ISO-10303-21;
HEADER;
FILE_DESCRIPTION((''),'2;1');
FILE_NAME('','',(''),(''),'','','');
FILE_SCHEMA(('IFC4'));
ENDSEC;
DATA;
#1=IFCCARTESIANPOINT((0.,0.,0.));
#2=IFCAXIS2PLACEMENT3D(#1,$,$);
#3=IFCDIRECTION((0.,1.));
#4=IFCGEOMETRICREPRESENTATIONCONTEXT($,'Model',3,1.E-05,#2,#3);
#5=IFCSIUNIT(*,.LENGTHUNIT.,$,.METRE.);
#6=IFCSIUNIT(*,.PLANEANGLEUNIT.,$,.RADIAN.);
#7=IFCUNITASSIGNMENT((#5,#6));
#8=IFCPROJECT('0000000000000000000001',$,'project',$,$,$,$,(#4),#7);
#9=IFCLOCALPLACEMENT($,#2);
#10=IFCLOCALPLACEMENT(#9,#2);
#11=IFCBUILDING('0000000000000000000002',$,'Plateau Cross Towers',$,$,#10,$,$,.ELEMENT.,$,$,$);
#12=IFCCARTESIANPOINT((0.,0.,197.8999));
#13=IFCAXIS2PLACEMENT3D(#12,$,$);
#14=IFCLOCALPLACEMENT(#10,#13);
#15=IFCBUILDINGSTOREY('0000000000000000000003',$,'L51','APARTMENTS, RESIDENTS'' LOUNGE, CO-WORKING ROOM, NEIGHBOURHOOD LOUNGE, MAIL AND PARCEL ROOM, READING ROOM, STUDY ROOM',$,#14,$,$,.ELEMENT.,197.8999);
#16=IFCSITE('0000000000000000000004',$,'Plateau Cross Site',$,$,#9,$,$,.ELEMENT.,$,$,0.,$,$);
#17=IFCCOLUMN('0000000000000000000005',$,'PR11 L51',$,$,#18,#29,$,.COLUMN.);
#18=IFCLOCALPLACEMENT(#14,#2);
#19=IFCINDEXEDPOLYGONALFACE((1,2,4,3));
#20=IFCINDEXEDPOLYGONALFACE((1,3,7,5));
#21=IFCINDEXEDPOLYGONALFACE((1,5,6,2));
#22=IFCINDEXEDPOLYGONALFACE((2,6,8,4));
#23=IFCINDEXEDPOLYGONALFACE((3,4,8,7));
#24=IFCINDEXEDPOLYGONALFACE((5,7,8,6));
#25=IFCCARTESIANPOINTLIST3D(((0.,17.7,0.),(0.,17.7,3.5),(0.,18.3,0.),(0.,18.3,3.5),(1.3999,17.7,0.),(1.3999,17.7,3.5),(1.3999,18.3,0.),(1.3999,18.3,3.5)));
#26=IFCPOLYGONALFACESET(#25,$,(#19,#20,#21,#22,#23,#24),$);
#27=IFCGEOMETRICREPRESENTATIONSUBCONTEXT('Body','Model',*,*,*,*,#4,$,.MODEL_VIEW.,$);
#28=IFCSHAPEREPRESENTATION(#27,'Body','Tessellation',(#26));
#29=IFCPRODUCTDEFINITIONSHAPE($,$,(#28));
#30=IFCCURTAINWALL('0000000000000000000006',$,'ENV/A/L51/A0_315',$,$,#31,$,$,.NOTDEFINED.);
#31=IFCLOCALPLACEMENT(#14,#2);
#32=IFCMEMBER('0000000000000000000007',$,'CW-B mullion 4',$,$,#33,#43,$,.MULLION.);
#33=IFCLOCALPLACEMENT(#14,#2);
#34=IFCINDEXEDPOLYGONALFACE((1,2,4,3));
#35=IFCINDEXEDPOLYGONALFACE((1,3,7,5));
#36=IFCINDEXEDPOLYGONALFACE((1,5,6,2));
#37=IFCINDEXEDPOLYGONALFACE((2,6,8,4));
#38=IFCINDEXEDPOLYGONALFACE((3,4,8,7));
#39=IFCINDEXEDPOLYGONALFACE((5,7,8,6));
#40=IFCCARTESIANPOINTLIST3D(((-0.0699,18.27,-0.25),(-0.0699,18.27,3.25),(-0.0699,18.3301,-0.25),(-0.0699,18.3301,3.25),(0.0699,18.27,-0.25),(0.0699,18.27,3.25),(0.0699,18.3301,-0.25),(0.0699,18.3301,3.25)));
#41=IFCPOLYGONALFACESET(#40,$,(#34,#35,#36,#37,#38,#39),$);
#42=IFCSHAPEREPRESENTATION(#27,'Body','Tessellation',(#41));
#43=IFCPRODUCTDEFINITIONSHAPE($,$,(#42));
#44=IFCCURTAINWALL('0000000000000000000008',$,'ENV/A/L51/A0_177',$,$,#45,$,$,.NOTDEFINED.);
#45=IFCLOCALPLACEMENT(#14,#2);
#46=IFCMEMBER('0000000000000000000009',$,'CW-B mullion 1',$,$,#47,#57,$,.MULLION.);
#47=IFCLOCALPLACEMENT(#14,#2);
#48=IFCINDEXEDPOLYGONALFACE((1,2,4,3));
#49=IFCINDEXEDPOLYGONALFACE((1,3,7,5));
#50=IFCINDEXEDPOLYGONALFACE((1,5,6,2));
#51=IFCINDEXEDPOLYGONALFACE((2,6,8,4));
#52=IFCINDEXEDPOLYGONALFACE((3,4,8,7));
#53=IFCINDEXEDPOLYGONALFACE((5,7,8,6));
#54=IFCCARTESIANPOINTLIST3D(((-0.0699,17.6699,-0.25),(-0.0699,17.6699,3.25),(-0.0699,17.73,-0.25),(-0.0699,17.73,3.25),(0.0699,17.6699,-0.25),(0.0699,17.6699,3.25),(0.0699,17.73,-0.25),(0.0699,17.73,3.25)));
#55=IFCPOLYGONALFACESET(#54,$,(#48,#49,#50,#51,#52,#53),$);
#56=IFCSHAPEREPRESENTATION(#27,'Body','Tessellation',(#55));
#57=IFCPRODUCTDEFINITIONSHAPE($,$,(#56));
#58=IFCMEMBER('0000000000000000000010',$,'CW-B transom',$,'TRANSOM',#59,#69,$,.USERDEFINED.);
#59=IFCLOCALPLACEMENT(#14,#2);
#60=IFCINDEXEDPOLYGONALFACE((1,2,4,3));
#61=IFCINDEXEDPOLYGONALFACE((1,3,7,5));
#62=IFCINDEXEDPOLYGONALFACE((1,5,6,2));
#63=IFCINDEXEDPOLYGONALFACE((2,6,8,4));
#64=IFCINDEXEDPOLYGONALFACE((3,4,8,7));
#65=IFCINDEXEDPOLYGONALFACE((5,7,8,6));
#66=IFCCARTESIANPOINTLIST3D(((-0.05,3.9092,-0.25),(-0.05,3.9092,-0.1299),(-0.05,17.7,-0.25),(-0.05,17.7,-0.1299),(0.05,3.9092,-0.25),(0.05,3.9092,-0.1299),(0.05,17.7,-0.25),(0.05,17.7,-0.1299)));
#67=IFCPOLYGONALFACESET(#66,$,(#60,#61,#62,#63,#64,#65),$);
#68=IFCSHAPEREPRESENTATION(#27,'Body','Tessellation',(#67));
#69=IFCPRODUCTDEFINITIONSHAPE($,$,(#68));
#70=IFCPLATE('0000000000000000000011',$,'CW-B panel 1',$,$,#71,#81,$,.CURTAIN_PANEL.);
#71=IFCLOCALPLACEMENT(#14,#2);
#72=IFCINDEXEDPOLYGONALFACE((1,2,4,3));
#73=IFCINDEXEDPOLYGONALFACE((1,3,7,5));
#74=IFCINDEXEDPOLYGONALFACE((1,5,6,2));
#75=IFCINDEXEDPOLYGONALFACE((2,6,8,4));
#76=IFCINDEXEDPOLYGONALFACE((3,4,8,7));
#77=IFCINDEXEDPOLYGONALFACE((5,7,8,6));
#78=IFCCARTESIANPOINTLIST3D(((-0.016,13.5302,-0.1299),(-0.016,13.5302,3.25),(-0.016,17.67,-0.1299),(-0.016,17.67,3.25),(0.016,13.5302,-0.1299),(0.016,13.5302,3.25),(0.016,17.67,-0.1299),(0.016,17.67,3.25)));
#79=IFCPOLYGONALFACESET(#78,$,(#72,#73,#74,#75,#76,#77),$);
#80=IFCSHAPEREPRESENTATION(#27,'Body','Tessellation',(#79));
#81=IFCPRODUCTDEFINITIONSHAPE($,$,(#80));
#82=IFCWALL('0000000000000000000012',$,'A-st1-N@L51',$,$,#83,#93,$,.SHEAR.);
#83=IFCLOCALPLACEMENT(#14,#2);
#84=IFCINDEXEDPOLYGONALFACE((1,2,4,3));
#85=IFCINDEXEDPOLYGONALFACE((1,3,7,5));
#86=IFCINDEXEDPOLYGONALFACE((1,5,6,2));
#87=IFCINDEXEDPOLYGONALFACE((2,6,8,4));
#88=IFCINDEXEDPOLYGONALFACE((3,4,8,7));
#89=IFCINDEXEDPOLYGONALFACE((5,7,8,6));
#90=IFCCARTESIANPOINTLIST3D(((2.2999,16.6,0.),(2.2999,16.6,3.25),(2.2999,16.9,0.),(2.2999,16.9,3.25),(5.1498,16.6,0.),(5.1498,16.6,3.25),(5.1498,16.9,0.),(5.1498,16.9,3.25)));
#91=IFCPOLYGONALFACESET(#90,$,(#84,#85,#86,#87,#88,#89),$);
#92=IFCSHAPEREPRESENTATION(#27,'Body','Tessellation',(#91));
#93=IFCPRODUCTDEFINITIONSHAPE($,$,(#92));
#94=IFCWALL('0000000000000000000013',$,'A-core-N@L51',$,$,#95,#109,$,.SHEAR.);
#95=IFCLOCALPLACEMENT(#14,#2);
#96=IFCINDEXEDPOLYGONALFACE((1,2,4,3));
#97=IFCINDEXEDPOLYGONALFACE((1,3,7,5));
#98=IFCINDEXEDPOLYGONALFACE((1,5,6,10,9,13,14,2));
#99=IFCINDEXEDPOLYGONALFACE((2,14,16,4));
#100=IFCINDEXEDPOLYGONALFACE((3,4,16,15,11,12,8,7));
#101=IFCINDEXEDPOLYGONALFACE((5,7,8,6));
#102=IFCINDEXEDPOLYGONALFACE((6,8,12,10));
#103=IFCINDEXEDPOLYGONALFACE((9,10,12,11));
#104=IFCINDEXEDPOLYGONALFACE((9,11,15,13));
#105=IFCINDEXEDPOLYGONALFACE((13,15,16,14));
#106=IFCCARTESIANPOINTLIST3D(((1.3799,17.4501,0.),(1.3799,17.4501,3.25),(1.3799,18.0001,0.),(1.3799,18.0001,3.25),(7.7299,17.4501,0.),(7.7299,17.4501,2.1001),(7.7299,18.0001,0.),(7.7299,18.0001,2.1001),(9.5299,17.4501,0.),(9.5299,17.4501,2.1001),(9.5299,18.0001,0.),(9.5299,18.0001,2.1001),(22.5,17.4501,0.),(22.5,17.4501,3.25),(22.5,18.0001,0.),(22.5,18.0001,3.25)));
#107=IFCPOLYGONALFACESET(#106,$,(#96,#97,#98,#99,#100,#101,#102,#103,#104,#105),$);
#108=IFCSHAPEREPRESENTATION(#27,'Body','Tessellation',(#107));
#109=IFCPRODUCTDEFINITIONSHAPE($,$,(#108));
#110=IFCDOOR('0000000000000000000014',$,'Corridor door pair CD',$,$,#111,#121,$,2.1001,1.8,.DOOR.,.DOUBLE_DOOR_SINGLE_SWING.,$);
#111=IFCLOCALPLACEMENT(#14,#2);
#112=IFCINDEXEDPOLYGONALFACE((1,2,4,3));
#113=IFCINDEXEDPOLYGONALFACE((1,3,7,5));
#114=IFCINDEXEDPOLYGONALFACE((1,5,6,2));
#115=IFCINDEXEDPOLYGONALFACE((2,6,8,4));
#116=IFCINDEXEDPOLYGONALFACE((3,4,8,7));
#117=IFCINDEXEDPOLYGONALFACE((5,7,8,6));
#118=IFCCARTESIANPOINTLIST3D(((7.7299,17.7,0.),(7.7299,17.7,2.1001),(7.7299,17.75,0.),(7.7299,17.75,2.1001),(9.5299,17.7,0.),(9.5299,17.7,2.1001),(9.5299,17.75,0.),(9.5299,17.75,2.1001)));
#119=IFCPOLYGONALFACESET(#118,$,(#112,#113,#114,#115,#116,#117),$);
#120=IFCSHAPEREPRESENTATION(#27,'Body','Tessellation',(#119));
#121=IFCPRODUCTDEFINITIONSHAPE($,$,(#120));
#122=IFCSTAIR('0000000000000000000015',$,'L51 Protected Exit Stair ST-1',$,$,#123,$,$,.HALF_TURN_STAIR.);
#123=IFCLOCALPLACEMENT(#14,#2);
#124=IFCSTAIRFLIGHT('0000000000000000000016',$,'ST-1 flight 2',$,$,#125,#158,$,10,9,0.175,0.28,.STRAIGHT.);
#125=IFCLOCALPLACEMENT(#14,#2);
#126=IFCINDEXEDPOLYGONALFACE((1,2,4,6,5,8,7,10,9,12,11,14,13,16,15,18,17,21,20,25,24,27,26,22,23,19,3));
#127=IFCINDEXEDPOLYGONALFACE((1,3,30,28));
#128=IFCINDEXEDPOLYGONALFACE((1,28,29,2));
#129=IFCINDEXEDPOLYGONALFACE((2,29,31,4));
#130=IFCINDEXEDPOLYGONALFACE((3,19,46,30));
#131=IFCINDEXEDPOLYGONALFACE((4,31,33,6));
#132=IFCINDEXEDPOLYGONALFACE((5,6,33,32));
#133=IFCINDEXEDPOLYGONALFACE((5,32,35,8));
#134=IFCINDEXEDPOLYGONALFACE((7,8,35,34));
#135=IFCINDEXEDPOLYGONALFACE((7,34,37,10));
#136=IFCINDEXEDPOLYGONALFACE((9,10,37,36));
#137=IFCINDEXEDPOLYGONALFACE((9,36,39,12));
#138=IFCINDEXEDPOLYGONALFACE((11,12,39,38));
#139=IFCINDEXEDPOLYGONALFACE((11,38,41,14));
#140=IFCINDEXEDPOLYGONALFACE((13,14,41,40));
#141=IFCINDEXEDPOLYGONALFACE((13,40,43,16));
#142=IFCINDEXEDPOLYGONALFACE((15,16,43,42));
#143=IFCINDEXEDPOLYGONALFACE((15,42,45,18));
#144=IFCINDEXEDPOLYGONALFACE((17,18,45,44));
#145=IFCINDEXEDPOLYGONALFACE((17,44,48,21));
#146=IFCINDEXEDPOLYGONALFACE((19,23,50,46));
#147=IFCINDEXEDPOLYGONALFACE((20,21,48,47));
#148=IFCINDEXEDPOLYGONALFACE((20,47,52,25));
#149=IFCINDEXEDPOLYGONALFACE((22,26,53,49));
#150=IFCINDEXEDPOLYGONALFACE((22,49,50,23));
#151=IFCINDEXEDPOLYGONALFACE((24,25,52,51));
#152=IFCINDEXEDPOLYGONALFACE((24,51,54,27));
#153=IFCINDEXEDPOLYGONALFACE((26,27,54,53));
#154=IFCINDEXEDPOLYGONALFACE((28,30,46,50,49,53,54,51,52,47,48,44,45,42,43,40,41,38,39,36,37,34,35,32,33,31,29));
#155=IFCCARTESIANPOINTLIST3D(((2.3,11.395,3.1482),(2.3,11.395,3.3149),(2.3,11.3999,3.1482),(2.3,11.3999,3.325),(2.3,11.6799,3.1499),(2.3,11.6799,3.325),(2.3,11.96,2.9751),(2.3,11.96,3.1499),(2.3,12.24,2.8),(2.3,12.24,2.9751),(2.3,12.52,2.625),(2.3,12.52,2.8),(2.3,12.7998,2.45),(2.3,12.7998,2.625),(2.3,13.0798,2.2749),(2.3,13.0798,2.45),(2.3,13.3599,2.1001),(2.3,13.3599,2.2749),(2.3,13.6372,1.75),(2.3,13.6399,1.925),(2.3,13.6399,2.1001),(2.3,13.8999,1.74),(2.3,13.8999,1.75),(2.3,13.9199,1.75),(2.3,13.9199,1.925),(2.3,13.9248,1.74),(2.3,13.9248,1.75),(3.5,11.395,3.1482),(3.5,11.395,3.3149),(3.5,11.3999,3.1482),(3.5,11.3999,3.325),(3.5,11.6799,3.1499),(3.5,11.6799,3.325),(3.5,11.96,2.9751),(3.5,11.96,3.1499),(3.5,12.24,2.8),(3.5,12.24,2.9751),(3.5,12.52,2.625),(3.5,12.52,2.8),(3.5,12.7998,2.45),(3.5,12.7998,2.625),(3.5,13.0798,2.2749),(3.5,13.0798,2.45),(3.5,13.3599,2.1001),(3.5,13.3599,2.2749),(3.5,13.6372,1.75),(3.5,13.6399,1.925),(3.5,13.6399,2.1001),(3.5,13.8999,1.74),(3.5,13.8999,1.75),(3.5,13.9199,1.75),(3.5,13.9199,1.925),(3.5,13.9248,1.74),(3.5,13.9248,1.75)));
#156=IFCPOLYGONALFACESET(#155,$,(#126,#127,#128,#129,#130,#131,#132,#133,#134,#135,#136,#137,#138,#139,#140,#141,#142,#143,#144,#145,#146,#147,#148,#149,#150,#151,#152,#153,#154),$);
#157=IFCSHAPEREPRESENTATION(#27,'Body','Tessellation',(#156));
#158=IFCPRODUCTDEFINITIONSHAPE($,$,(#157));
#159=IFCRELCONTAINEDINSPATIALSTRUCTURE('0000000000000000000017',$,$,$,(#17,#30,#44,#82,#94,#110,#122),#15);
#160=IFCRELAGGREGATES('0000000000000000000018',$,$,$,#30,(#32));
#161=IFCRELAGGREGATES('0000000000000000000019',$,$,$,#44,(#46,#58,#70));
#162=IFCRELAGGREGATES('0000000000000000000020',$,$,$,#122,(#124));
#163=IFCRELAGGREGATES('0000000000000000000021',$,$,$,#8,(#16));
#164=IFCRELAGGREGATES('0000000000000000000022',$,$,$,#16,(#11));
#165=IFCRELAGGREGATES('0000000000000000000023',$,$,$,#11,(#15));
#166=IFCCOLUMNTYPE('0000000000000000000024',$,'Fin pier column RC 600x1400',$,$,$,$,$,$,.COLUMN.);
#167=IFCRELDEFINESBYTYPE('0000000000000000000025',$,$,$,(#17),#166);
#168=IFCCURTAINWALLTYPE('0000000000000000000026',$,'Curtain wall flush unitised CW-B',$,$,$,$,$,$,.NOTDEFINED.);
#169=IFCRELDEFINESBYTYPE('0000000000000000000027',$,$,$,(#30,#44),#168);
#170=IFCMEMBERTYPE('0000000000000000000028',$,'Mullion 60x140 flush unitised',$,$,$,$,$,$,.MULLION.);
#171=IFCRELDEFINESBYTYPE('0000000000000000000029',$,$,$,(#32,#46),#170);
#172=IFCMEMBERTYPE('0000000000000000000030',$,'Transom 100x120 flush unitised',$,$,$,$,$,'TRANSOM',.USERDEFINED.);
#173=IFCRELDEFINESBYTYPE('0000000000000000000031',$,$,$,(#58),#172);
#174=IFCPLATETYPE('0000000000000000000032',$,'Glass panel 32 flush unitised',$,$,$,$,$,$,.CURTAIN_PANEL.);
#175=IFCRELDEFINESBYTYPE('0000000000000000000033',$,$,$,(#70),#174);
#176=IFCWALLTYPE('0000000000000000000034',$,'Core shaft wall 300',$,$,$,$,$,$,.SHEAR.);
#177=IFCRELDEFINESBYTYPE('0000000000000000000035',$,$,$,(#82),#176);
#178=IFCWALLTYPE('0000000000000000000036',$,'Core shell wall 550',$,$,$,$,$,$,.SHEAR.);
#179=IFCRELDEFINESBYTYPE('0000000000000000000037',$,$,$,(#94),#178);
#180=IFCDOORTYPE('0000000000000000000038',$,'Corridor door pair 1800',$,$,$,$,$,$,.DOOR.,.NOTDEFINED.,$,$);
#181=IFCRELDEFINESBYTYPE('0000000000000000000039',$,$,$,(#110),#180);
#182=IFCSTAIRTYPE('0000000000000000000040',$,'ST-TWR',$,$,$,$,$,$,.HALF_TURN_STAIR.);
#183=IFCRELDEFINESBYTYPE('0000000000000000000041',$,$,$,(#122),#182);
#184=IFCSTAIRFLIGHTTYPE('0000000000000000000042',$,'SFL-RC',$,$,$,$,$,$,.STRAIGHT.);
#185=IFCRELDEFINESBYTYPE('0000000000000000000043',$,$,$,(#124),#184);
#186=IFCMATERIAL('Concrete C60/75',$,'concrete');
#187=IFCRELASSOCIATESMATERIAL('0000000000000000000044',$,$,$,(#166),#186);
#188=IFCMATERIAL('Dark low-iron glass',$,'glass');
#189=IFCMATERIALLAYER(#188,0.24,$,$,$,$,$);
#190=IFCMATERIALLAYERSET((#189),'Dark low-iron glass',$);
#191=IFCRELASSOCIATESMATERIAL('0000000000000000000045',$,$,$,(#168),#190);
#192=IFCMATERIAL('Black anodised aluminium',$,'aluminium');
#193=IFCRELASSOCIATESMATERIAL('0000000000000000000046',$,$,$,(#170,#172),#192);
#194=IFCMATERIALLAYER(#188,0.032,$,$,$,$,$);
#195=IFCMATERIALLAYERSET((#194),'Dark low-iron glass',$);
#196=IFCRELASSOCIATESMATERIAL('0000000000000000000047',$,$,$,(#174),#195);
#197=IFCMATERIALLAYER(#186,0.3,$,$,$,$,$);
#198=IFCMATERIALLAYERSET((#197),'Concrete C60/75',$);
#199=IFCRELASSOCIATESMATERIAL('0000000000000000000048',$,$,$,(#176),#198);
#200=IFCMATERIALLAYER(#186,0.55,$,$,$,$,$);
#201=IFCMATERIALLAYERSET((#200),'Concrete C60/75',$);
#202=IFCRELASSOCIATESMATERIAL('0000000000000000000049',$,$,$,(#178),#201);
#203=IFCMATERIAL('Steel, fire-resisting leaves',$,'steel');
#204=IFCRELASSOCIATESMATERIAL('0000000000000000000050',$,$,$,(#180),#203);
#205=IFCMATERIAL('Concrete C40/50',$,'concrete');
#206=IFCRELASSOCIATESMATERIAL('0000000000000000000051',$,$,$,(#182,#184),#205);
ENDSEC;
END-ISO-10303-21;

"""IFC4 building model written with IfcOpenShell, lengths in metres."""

from ifc_helpers import new_model, si_unit, direction, frame, frame_2d, origin, origin_2d, place, context, subcontext, project, spatial, polyline, rectangle, outline, extrude, material, layer, layer_set, material_profile, profile_set, type_object, element, fill, aggregate, save


model = new_model("IFC4")

# Units and contexts
model_context = context("Model", 3, precision=1e-05, world=origin(), true_north=direction((0.0, 1.0)))
body_context = subcontext(model_context, "Body", "Model", "MODEL_VIEW")
ifc_project = project(units=[si_unit("LENGTHUNIT", "METRE"), si_unit("PLANEANGLEUNIT", "RADIAN")], contexts=[model_context])

# Site, building, storey
site_placement = place(None, origin())
site = spatial("IfcSite", under=ifc_project, at=site_placement, Name="Plateau Cross Site", CompositionType="ELEMENT", RefElevation=0.0)
building_placement = place(site_placement, origin())
building = spatial("IfcBuilding", under=site, at=building_placement, Name="Plateau Cross Towers", CompositionType="ELEMENT")
storey_placement = place(building_placement, frame((0.0, 0.0, 197.8999)))
storey = spatial("IfcBuildingStorey", under=building, at=storey_placement, Name="L51", Description="APARTMENTS, RESIDENTS' LOUNGE, CO-WORKING ROOM, NEIGHBOURHOOD LOUNGE, MAIL AND PARCEL ROOM, READING ROOM, STUDY ROOM", CompositionType="ELEMENT", Elevation=197.8999)

# Column
ifc_material_1 = material(Name="Concrete C60/75", Category="concrete")
ifc_material_profile_1 = material_profile(ifc_material_1, rectangle(XDim=0.6001, YDim=1.3999, at=origin_2d()), Name="RC 600x1400")
ifc_profile_set_1 = profile_set([ifc_material_profile_1], Name="Concrete C60/75")
column_type = type_object("IfcColumnType", Name="Fin pier column RC 600x1400", PredefinedType="COLUMN", material=ifc_profile_set_1)
column_placement = place(storey_placement, frame((0.7, 18.0, 0.0), z_axis=(0.0, 0.0, 1.0), x_axis=(0.0, 1.0, 0.0)))
element("IfcColumn", 1, at=column_placement, inside=storey, type_object=column_type, Name="PR11 L51", PredefinedType="COLUMN", context=body_context, shape_type="SweptSolid", body=[
    extrude(rectangle(XDim=0.6001, YDim=1.3999, at=origin_2d()), origin(), (0.0, 0.0, 1.0), 3.5),
])

# Curtain wall, member
ifc_material_2 = material(Name="Dark low-iron glass", Category="glass")
ifc_layer_1 = layer(ifc_material_2, 0.24)
ifc_layer_set_1 = layer_set([ifc_layer_1], Name="Dark low-iron glass")
curtain_wall_type = type_object("IfcCurtainWallType", Name="Curtain wall flush unitised CW-B", PredefinedType="NOTDEFINED", material=ifc_layer_set_1)
curtain_wall_1_placement = place(storey_placement, origin())
curtain_wall_1 = element("IfcCurtainWall", 2, at=curtain_wall_1_placement, inside=storey, type_object=curtain_wall_type, Name="ENV/A/L51/A0_315", PredefinedType="NOTDEFINED")
ifc_material_3 = material(Name="Black anodised aluminium", Category="aluminium")
ifc_material_profile_2 = material_profile(ifc_material_3, rectangle(XDim=0.0601, YDim=0.1399, at=origin_2d()), Name="MULLION 60x140")
ifc_profile_set_2 = profile_set([ifc_material_profile_2], Name="Black anodised aluminium")
member_type_1 = type_object("IfcMemberType", Name="Mullion 60x140 flush unitised", PredefinedType="MULLION", material=ifc_profile_set_2)
member_1_placement = place(storey_placement, frame((0.0, 18.3, -0.25), z_axis=(0.0, 0.0, 1.0), x_axis=(0.0, -1.0, 0.0)))
member_1 = element("IfcMember", 3, at=member_1_placement, type_object=member_type_1, Name="CW-B mullion 4", PredefinedType="MULLION", context=body_context, shape_type="SweptSolid", body=[
    extrude(rectangle(XDim=0.0601, YDim=0.1399, at=origin_2d()), origin(), (0.0, 0.0, 1.0), 3.5),
])
aggregate(curtain_wall_1, [member_1])

# Curtain wall, members, plate
curtain_wall_2_placement = place(storey_placement, origin())
curtain_wall_2 = element("IfcCurtainWall", 4, at=curtain_wall_2_placement, inside=storey, type_object=curtain_wall_type, Name="ENV/A/L51/A0_177", PredefinedType="NOTDEFINED")
member_2_placement = place(storey_placement, frame((0.0, 17.7, -0.25), z_axis=(0.0, 0.0, 1.0), x_axis=(0.0, -1.0, 0.0)))
member_2 = element("IfcMember", 5, at=member_2_placement, type_object=member_type_1, Name="CW-B mullion 1", PredefinedType="MULLION", context=body_context, shape_type="SweptSolid", body=[
    extrude(rectangle(XDim=0.0601, YDim=0.1399, at=origin_2d()), origin(), (0.0, 0.0, 1.0), 3.5),
])
ifc_material_profile_3 = material_profile(ifc_material_3, rectangle(XDim=0.1001, YDim=0.1201, at=origin_2d()), Name="TRANSOM 100x120")
ifc_profile_set_3 = profile_set([ifc_material_profile_3], Name="Black anodised aluminium")
member_type_2 = type_object("IfcMemberType", Name="Transom 100x120 flush unitised", ElementType="TRANSOM", PredefinedType="USERDEFINED", material=ifc_profile_set_3)
member_3_placement = place(storey_placement, frame((0.0, 17.7, -0.1899), z_axis=(0.0, -1.0, 0.0), x_axis=(1.0, 0.0, 0.0)))
member_3 = element("IfcMember", 6, at=member_3_placement, type_object=member_type_2, Name="CW-B transom", ObjectType="TRANSOM", PredefinedType="USERDEFINED", context=body_context, shape_type="SweptSolid", body=[
    extrude(rectangle(XDim=0.1001, YDim=0.1201, at=origin_2d()), origin(), (0.0, 0.0, 1.0), 13.7908),
])
ifc_layer_2 = layer(ifc_material_2, 0.032)
ifc_layer_set_2 = layer_set([ifc_layer_2], Name="Dark low-iron glass")
plate_type = type_object("IfcPlateType", Name="Glass panel 32 flush unitised", PredefinedType="CURTAIN_PANEL", material=ifc_layer_set_2)
plate_placement = place(storey_placement, frame((0.0, 15.6001, -0.1299), z_axis=(0.0, 0.0, 1.0), x_axis=(0.0, -1.0, 0.0)))
plate = element("IfcPlate", 7, at=plate_placement, type_object=plate_type, Name="CW-B panel 1", PredefinedType="CURTAIN_PANEL", context=body_context, shape_type="SweptSolid", body=[
    extrude(rectangle(XDim=4.1399, YDim=0.032, at=origin_2d()), origin(), (0.0, 0.0, 1.0), 3.3799),
])
aggregate(curtain_wall_2, [member_2, member_3, plate])

# Wall
ifc_layer_3 = layer(ifc_material_1, 0.3)
ifc_layer_set_3 = layer_set([ifc_layer_3], Name="Concrete C60/75")
wall_type_1 = type_object("IfcWallType", Name="Core shaft wall 300", PredefinedType="SHEAR", material=ifc_layer_set_3)
wall_1_placement = place(storey_placement, frame((2.3, 16.75, 0.0), z_axis=(0.0, 0.0, 1.0), x_axis=(1.0, 0.0, 0.0)))
element("IfcWall", 8, at=wall_1_placement, inside=storey, type_object=wall_type_1, Name="A-st1-N@L51", PredefinedType="SHEAR", context=body_context, shape_type="SweptSolid", body=[
    extrude(rectangle(XDim=2.8499, YDim=0.3, at=frame_2d((1.4248, 0.0))), origin(), (0.0, 0.0, 1.0), 3.25),
])

# Wall, opening, door
ifc_layer_4 = layer(ifc_material_1, 0.55)
ifc_layer_set_4 = layer_set([ifc_layer_4], Name="Concrete C60/75")
wall_type_2 = type_object("IfcWallType", Name="Core shell wall 550", PredefinedType="SHEAR", material=ifc_layer_set_4)
wall_2_placement = place(storey_placement, frame((1.3799, 17.7251, 0.0), z_axis=(0.0, 0.0, 1.0), x_axis=(1.0, 0.0, 0.0)))
wall_2 = element("IfcWall", 9, at=wall_2_placement, inside=storey, type_object=wall_type_2, Name="A-core-N@L51", PredefinedType="SHEAR", context=body_context, shape_type="SweptSolid", body=[
    extrude(rectangle(XDim=21.1201, YDim=0.55, at=frame_2d((10.5601, 0.0))), origin(), (0.0, 0.0, 1.0), 3.25),
])
opening_placement = place(wall_2_placement, frame((6.3501, 0.0, 0.0)))
opening = element("IfcOpeningElement", 10, at=opening_placement, cuts=wall_2, PredefinedType="OPENING", context=body_context, shape_type="SweptSolid", body=[
    extrude(rectangle(XDim=1.8, YDim=2.1001, at=frame_2d((0.8999, 1.05))), frame((0.0, 0.2849, 0.0), z_axis=(0.0, -1.0, 0.0), x_axis=(1.0, 0.0, 0.0)), (0.0, 0.0, 1.0), 0.5701),
])
ifc_material_4 = material(Name="Steel, fire-resisting leaves", Category="steel")
door_type = type_object("IfcDoorType", Name="Corridor door pair 1800", OperationType="NOTDEFINED", PredefinedType="DOOR", material=ifc_material_4)
door_placement = place(opening_placement, origin())
door = element("IfcDoor", 11, at=door_placement, inside=storey, type_object=door_type, Name="Corridor door pair CD", OperationType="DOUBLE_DOOR_SINGLE_SWING", OverallHeight=2.1001, OverallWidth=1.8, PredefinedType="DOOR", context=body_context, shape_type="SweptSolid", body=[
    extrude(rectangle(XDim=1.8, YDim=2.1001, at=frame_2d((0.8999, 1.05))), frame((0.0, 0.0249, 0.0), z_axis=(0.0, -1.0, 0.0), x_axis=(1.0, 0.0, 0.0)), (0.0, 0.0, 1.0), 0.05),
])
fill(opening, door)

# Stair, stair flight
ifc_material_5 = material(Name="Concrete C40/50", Category="concrete")
stair_type = type_object("IfcStairType", Name="ST-TWR", PredefinedType="HALF_TURN_STAIR", material=ifc_material_5)
stair_placement = place(storey_placement, origin())
stair = element("IfcStair", 12, at=stair_placement, inside=storey, type_object=stair_type, Name="L51 Protected Exit Stair ST-1", PredefinedType="HALF_TURN_STAIR")
stair_flight_type = type_object("IfcStairFlightType", Name="SFL-RC", PredefinedType="STRAIGHT", material=ifc_material_5)
stair_flight_placement = place(storey_placement, frame((2.8999, 13.9199, 1.75), z_axis=(0.0, 0.0, 1.0), x_axis=(0.0, -1.0, 0.0)))
stair_flight = element("IfcStairFlight", 13, at=stair_flight_placement, type_object=stair_flight_type, Name="ST-1 flight 2", NumberOfRisers=10, NumberOfTreads=9, PredefinedType="STRAIGHT", RiserHeight=0.175, TreadLength=0.28, context=body_context, shape_type="SweptSolid", body=[
    extrude(outline(polyline([(-0.0049, -0.01), (-0.0049, 0.0), (0.0, 0.0), (0.0, 0.175), (0.28, 0.175), (0.28, 0.3501), (0.5601, 0.3501), (0.5601, 0.5249), (0.8401, 0.5249), (0.8401, 0.7), (1.1201, 0.7), (1.1201, 0.875), (1.3999, 0.875), (1.3999, 1.05), (1.6799, 1.05), (1.6799, 1.2251), (1.96, 1.2251), (1.96, 1.3999), (2.24, 1.3999), (2.24, 1.575), (2.52, 1.575), (2.5249, 1.5649), (2.5249, 1.3982), (2.52, 1.3982), (0.2827, 0.0), (0.02, 0.0), (0.02, -0.01), (-0.0049, -0.01)])), frame((0.0, 0.6001, 0.0), z_axis=(0.0, -1.0, 0.0), x_axis=(1.0, 0.0, 0.0)), (0.0, 0.0, 1.0), 1.2),
])
aggregate(stair, [stair_flight])

save(model, "model.ifc")
